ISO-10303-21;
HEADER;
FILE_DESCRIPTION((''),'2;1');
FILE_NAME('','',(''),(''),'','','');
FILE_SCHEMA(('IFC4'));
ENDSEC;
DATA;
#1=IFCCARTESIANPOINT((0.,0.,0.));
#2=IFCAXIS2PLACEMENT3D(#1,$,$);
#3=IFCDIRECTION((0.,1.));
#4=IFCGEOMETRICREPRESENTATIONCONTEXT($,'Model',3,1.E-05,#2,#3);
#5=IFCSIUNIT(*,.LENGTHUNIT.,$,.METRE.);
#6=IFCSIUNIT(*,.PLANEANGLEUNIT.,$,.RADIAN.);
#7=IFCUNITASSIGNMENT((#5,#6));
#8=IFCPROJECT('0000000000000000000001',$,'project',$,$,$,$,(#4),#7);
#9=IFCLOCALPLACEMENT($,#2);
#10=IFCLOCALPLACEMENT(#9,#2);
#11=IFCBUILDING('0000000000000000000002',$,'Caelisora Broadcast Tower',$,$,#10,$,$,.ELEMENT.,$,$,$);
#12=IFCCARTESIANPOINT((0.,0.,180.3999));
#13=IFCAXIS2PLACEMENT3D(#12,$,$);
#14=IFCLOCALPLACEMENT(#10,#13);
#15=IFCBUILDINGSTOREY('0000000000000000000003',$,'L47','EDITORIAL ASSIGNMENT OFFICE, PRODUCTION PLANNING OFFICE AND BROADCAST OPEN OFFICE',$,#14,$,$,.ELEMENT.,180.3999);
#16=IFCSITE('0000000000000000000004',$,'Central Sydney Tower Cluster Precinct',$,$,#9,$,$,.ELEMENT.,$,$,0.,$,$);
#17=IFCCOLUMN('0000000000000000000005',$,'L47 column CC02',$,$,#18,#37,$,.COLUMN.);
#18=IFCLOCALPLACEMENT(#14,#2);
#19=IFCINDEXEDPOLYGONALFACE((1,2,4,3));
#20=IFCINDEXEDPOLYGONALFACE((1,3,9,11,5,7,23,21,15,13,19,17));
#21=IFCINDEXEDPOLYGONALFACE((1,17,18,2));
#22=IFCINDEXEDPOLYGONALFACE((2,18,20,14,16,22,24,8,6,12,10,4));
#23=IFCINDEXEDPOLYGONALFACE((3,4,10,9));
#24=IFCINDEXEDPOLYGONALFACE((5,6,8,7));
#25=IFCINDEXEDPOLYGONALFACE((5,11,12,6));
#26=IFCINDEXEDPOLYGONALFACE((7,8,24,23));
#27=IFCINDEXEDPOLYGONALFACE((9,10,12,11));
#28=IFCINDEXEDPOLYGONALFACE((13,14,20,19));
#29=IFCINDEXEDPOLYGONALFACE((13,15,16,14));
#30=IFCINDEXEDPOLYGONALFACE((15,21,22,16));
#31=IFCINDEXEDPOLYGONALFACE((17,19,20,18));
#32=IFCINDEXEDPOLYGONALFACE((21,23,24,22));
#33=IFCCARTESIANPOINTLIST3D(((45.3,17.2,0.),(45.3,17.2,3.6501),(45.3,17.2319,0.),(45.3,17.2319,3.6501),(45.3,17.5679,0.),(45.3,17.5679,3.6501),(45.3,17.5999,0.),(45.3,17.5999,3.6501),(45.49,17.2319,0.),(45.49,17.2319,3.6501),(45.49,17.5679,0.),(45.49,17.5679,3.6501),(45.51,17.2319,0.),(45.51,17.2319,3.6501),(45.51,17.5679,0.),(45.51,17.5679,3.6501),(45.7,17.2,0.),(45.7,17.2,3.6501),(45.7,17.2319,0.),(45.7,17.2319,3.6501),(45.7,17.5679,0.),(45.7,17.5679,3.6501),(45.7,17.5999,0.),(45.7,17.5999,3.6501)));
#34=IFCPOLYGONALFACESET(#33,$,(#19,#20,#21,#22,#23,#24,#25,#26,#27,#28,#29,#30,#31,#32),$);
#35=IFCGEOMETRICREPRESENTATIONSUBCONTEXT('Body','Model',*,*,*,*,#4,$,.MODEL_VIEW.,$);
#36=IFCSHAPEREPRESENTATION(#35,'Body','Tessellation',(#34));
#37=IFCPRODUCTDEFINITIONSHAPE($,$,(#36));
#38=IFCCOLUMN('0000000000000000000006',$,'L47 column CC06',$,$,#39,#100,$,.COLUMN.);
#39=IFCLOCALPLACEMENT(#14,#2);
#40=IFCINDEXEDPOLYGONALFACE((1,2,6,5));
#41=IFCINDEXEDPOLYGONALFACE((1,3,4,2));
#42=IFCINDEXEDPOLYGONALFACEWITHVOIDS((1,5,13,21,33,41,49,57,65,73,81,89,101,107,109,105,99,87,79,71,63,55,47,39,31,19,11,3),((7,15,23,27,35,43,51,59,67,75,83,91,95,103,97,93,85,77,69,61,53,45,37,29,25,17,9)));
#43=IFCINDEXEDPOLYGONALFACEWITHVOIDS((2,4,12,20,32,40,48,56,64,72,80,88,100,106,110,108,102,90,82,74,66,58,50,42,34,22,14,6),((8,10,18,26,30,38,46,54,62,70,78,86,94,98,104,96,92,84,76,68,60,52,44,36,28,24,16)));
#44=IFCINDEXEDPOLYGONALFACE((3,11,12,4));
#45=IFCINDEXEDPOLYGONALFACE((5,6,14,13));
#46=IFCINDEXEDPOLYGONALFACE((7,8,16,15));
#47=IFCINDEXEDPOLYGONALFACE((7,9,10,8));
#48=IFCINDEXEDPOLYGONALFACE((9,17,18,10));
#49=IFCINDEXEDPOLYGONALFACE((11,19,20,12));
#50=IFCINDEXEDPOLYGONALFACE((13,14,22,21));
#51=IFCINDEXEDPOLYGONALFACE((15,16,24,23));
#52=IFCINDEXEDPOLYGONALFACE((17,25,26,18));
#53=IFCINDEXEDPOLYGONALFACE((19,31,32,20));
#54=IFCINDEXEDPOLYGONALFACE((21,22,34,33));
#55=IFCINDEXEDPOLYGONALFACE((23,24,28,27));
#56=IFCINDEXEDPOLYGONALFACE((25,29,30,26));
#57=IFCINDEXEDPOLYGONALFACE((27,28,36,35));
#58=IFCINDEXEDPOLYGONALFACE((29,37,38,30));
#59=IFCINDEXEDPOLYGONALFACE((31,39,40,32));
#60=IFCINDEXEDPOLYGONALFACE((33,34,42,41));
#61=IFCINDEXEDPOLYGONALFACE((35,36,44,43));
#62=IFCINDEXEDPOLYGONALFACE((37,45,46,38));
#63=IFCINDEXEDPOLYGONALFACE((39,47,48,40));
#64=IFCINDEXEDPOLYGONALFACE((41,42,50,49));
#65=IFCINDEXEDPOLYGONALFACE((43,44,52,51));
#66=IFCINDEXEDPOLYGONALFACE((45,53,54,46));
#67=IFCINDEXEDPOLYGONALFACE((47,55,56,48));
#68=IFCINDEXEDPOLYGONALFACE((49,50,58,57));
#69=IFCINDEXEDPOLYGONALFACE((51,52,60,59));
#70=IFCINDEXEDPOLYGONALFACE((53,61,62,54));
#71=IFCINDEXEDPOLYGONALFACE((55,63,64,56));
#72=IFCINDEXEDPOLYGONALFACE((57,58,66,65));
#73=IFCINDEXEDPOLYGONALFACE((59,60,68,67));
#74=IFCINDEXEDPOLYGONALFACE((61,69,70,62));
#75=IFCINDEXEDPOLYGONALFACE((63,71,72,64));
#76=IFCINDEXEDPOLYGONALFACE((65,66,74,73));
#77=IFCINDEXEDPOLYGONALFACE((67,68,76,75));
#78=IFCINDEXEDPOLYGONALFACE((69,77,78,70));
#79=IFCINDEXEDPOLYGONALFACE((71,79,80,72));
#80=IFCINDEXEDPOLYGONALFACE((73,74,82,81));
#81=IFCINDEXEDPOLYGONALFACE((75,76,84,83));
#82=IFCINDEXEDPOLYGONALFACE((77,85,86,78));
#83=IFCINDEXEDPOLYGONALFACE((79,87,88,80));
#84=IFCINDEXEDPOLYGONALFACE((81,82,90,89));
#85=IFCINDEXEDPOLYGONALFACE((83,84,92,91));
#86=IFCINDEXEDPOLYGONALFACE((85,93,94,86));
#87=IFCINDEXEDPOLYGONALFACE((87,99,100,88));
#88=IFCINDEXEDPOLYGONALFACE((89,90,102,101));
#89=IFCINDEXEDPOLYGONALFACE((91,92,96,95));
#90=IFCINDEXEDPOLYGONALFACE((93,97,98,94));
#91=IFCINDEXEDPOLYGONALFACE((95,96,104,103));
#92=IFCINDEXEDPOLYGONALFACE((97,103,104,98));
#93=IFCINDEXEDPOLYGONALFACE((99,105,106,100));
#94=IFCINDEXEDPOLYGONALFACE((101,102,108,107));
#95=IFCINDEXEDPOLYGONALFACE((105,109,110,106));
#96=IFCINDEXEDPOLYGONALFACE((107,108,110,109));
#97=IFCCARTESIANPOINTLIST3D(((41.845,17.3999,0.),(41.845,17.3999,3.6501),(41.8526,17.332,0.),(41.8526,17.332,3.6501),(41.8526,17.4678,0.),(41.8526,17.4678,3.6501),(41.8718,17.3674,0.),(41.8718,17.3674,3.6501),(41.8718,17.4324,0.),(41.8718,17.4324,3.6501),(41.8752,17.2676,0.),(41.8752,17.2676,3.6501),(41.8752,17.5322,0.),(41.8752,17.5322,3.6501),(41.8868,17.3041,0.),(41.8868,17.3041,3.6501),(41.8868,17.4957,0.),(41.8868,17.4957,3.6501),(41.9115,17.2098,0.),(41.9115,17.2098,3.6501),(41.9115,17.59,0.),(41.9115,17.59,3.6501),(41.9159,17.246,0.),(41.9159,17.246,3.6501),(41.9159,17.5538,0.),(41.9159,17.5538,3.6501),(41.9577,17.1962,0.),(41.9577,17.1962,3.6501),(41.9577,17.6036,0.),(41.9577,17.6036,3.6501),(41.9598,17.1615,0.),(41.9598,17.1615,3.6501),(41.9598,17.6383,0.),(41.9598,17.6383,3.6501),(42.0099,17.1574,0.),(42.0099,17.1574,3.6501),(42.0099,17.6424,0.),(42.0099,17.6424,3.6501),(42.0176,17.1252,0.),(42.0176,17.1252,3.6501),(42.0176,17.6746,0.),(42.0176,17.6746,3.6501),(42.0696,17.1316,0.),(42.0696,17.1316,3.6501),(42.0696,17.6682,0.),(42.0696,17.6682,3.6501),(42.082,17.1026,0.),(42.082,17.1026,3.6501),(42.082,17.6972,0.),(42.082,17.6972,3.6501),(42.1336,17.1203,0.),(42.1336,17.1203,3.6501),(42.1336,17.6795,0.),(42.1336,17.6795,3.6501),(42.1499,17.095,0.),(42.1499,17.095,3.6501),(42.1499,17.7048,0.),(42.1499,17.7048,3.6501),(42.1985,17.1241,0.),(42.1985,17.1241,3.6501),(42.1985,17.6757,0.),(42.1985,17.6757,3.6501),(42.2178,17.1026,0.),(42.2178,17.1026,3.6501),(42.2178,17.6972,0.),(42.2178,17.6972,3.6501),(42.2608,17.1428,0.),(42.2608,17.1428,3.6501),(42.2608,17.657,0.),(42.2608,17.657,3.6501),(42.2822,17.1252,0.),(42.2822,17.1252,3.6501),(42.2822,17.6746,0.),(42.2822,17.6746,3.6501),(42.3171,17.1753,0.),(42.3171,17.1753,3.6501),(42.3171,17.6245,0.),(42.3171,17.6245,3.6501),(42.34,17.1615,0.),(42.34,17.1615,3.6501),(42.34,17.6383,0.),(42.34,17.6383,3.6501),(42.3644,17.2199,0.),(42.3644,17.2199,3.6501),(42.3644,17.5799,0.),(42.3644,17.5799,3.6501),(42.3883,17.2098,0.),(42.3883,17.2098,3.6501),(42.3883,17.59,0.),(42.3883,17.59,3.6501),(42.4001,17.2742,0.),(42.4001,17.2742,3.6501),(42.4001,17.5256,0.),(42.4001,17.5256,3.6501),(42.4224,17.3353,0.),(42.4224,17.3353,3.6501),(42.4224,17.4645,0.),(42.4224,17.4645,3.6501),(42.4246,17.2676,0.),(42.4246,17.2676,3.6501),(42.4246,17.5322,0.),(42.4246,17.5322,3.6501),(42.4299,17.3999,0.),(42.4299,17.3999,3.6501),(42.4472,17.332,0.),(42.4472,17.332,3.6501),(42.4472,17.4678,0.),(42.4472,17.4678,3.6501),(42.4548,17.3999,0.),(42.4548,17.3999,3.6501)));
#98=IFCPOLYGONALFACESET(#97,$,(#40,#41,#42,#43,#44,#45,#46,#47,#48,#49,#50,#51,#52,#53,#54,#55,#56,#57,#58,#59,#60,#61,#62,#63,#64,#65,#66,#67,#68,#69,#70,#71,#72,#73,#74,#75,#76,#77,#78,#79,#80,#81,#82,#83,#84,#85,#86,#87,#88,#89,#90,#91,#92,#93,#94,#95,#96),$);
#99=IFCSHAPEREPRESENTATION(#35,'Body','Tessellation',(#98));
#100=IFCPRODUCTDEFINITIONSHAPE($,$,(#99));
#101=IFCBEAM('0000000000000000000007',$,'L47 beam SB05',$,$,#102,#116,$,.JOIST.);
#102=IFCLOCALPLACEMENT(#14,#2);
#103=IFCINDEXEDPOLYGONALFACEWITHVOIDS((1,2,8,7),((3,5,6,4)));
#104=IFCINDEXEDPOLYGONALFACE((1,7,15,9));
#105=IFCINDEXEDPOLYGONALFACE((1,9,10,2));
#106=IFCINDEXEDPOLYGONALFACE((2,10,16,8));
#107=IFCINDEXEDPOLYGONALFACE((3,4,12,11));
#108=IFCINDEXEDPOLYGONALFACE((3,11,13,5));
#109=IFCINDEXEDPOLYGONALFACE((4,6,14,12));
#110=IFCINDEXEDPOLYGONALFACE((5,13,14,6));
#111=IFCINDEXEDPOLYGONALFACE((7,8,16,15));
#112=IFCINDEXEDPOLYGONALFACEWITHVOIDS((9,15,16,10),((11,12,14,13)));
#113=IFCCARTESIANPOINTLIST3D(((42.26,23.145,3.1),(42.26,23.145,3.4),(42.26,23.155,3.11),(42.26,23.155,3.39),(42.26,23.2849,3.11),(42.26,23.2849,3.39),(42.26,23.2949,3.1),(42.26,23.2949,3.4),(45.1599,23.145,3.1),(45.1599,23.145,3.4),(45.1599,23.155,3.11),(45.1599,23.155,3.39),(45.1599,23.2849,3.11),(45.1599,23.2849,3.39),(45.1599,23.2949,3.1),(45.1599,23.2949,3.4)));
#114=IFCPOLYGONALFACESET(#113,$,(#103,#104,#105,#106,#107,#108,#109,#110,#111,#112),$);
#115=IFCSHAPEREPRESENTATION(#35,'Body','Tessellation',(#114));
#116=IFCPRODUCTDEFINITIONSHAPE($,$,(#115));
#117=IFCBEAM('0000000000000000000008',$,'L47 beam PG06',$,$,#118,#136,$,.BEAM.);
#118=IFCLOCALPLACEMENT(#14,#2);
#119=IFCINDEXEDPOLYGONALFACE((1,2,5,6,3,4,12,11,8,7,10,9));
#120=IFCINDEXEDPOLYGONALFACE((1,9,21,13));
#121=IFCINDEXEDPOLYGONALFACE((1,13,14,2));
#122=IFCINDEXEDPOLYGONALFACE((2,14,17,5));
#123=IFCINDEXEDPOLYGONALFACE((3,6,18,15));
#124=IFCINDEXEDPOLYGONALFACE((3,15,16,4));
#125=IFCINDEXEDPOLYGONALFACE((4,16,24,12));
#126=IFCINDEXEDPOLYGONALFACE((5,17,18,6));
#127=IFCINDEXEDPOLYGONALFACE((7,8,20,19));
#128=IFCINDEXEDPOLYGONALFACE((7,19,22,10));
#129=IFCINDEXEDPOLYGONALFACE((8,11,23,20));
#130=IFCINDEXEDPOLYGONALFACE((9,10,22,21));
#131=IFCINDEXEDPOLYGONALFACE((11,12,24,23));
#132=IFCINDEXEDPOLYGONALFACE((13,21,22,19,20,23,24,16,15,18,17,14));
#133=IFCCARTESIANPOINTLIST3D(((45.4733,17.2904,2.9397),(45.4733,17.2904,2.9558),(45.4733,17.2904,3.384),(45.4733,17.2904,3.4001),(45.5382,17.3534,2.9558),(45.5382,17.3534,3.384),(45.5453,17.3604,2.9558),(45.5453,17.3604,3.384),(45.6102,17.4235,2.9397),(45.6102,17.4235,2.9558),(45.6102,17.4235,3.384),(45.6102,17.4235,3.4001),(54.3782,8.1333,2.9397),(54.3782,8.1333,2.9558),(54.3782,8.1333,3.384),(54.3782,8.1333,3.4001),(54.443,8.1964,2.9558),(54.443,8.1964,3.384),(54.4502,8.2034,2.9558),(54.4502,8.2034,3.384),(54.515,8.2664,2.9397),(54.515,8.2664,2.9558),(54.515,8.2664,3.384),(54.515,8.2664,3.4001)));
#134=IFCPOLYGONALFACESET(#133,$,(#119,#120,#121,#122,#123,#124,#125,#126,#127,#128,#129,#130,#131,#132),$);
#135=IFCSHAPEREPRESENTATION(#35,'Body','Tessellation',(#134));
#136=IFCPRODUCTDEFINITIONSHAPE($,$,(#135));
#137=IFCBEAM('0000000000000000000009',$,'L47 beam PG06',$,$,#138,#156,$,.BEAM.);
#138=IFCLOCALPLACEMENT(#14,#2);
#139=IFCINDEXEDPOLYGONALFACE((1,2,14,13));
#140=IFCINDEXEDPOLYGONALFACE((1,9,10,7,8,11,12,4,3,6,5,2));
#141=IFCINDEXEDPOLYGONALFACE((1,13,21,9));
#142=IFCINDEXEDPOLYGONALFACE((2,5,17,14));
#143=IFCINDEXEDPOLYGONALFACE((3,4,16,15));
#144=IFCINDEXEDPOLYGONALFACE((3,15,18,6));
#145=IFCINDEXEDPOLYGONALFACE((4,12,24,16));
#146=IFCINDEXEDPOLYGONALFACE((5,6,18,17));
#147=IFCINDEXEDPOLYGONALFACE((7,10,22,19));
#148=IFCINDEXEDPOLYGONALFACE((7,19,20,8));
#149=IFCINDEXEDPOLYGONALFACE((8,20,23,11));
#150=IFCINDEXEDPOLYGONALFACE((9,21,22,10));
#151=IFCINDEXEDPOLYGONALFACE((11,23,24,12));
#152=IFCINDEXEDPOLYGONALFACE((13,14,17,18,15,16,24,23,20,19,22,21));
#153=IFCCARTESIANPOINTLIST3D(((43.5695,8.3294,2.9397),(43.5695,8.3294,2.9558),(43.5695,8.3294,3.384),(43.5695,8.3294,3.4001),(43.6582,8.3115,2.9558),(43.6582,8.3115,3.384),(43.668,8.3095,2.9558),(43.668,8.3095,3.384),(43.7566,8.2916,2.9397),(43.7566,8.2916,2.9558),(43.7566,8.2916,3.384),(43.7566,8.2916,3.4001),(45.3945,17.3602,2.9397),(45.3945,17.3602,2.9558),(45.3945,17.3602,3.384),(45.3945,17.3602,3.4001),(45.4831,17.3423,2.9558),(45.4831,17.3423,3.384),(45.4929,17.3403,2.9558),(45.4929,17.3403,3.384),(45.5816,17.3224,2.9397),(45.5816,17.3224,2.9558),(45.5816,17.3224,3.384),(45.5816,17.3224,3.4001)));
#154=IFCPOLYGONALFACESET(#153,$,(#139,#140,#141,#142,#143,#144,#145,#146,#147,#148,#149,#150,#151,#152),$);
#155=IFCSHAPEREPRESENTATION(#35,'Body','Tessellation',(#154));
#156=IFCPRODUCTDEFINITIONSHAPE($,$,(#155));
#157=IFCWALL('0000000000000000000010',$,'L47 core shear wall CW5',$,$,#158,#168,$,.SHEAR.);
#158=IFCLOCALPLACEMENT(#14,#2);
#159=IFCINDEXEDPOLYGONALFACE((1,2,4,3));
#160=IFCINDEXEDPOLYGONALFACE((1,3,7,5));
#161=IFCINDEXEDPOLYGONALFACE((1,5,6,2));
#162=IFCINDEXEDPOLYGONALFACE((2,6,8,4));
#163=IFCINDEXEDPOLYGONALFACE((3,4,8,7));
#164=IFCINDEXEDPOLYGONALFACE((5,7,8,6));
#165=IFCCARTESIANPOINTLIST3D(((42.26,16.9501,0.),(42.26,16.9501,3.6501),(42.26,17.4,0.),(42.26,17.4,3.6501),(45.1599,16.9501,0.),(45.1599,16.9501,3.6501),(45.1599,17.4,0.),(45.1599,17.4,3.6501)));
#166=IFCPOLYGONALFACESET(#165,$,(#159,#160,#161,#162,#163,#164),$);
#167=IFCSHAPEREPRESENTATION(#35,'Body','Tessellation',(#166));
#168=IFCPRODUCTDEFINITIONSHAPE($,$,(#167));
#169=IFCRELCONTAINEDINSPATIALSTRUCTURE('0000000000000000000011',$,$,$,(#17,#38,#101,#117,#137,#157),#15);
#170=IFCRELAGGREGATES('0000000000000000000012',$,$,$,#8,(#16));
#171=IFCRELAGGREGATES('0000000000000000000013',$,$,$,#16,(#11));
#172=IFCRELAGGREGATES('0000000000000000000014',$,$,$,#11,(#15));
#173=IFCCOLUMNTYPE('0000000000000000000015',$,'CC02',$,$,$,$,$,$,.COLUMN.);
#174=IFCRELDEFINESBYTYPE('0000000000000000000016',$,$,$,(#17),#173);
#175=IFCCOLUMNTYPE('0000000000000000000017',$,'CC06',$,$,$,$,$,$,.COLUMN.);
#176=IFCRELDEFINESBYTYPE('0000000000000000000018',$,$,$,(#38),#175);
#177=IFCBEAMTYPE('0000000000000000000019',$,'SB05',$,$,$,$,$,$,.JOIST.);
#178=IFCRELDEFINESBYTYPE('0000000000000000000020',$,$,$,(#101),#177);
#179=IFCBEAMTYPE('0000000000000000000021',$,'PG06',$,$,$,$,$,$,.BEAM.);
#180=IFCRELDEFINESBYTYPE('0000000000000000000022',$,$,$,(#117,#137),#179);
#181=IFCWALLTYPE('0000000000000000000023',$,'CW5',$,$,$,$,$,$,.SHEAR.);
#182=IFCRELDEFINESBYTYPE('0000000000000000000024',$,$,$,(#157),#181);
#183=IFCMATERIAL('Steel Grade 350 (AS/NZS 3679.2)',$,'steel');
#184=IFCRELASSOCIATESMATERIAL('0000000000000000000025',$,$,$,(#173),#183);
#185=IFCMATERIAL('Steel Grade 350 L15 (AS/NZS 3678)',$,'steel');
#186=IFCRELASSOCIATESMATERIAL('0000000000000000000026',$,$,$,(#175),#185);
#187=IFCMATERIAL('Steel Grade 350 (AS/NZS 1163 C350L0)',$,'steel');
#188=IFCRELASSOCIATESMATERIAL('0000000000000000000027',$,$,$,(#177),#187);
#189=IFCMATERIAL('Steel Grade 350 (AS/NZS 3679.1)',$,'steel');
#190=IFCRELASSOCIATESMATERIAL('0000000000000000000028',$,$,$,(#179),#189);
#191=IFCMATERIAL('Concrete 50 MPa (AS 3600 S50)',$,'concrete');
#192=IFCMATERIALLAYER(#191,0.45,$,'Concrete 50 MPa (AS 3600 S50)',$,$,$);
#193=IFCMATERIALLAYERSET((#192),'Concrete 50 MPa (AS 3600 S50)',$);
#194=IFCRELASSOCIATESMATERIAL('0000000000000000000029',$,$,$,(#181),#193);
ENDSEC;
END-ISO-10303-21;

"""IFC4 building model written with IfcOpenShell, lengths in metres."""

from ifc_helpers import new_model, si_unit, direction, frame, frame_2d, origin, origin_2d, place, context, subcontext, project, spatial, rectangle, hollow_rectangle, hollow_circle, i_section, extrude, source, transform, mapped, material, layer, layer_set, material_profile, profile_set, type_object, type_shapes, element, save


model = new_model("IFC4")

# Units and contexts
model_context = context("Model", 3, precision=1e-05, world=origin(), true_north=direction((0.0, 1.0)))
body_context = subcontext(model_context, "Body", "Model", "MODEL_VIEW")
ifc_project = project(units=[si_unit("LENGTHUNIT", "METRE"), si_unit("PLANEANGLEUNIT", "RADIAN")], contexts=[model_context])

# Site, building, storey
site_placement = place(None, origin())
site = spatial("IfcSite", under=ifc_project, at=site_placement, Name="Central Sydney Tower Cluster Precinct", CompositionType="ELEMENT", RefElevation=0.0)
building_placement = place(site_placement, origin())
building = spatial("IfcBuilding", under=site, at=building_placement, Name="Caelisora Broadcast Tower", CompositionType="ELEMENT")
storey_placement = place(building_placement, frame((0.0, 0.0, 180.3999)))
storey = spatial("IfcBuildingStorey", under=building, at=storey_placement, Name="L47", Description="EDITORIAL ASSIGNMENT OFFICE, PRODUCTION PLANNING OFFICE AND BROADCAST OPEN OFFICE", CompositionType="ELEMENT", Elevation=180.3999)

# Columns
ifc_material_1 = material(Name="Steel Grade 350 (AS/NZS 3679.2)", Category="steel")
ifc_material_profile_1 = material_profile(ifc_material_1, i_section(OverallWidth=0.3999, OverallDepth=0.3999, WebThickness=0.02, FlangeThickness=0.032, at=origin_2d()), Name="Steel Grade 350 (AS/NZS 3679.2)")
ifc_profile_set_1 = profile_set([ifc_material_profile_1], Name="Steel Grade 350 (AS/NZS 3679.2)")
column_type_1 = type_object("IfcColumnType", Name="CC02", PredefinedType="COLUMN", material=ifc_profile_set_1)
shared_shape_1 = source(origin(), body_context, "Body", "SweptSolid", [
    extrude(i_section(OverallWidth=0.3999, OverallDepth=0.3999, WebThickness=0.02, FlangeThickness=0.032, at=origin_2d()), origin(), (0.0, 0.0, 1.0), 3.6501),
])
type_shapes(column_type_1, [shared_shape_1])
column_1_placement = place(storey_placement, frame((45.5, 17.3999, 0.0), z_axis=(0.0, 0.0, 1.0), x_axis=(1.0, 0.0, 0.0)))
element("IfcColumn", 1, at=column_1_placement, inside=storey, type_object=column_type_1, Name="L47 column CC02", PredefinedType="COLUMN", context=body_context, shape_type="MappedRepresentation", body=[
    mapped(shared_shape_1, transform((0.0, 0.0, 0.0), scale=1.0)),
])
ifc_material_2 = material(Name="Steel Grade 350 L15 (AS/NZS 3678)", Category="steel")
ifc_material_profile_2 = material_profile(ifc_material_2, hollow_circle(Radius=0.3049, WallThickness=0.0249, at=origin_2d()), Name="Steel Grade 350 L15 (AS/NZS 3678)")
ifc_profile_set_2 = profile_set([ifc_material_profile_2], Name="Steel Grade 350 L15 (AS/NZS 3678)")
column_type_2 = type_object("IfcColumnType", Name="CC06", PredefinedType="COLUMN", material=ifc_profile_set_2)
shared_shape_2 = source(origin(), body_context, "Body", "SweptSolid", [
    extrude(hollow_circle(Radius=0.3049, WallThickness=0.0249, at=origin_2d()), origin(), (0.0, 0.0, 1.0), 3.6501),
])
type_shapes(column_type_2, [shared_shape_2])
column_2_placement = place(storey_placement, frame((42.1499, 17.3999, 0.0), z_axis=(0.0, 0.0, 1.0), x_axis=(1.0, 0.0, 0.0)))
element("IfcColumn", 2, at=column_2_placement, inside=storey, type_object=column_type_2, Name="L47 column CC06", PredefinedType="COLUMN", context=body_context, shape_type="MappedRepresentation", body=[
    mapped(shared_shape_2, transform((0.0, 0.0, 0.0), scale=1.0)),
])

# Beams
ifc_material_3 = material(Name="Steel Grade 350 (AS/NZS 1163 C350L0)", Category="steel")
ifc_material_profile_3 = material_profile(ifc_material_3, hollow_rectangle(XDim=0.1499, YDim=0.3, WallThickness=0.01, at=origin_2d()), Name="Steel Grade 350 (AS/NZS 1163 C350L0)")
ifc_profile_set_3 = profile_set([ifc_material_profile_3], Name="Steel Grade 350 (AS/NZS 1163 C350L0)")
beam_type_1 = type_object("IfcBeamType", Name="SB05", PredefinedType="JOIST", material=ifc_profile_set_3)
shared_shape_3 = source(origin(), body_context, "Body", "SweptSolid", [
    extrude(hollow_rectangle(XDim=0.1499, YDim=0.3, WallThickness=0.01, at=origin_2d()), origin(), (0.0, 0.0, 1.0), 2.8999),
])
type_shapes(beam_type_1, [shared_shape_3])
beam_1_placement = place(storey_placement, frame((42.26, 23.22, 3.25), z_axis=(1.0, 0.0, 0.0), x_axis=(0.0, 1.0, 0.0)))
element("IfcBeam", 3, at=beam_1_placement, inside=storey, type_object=beam_type_1, Name="L47 beam SB05", PredefinedType="JOIST", context=body_context, shape_type="MappedRepresentation", body=[
    mapped(shared_shape_3, transform((0.0, 0.0, 0.0), scale=1.0)),
])
ifc_material_4 = material(Name="Steel Grade 350 (AS/NZS 3679.1)", Category="steel")
ifc_material_profile_4 = material_profile(ifc_material_4, i_section(OverallWidth=0.1909, OverallDepth=0.4604, WebThickness=0.01, FlangeThickness=0.0161, at=origin_2d()), Name="Steel Grade 350 (AS/NZS 3679.1)")
ifc_profile_set_4 = profile_set([ifc_material_profile_4], Name="Steel Grade 350 (AS/NZS 3679.1)")
beam_type_2 = type_object("IfcBeamType", Name="PG06", PredefinedType="BEAM", material=ifc_profile_set_4)
shared_shape_4 = source(origin(), body_context, "Body", "SweptSolid", [
    extrude(i_section(OverallWidth=0.1909, OverallDepth=0.4604, WebThickness=0.01, FlangeThickness=0.0161, at=origin_2d()), origin(), (0.0, 0.0, 1.0), 12.7729),
])
beam_2_placement = place(storey_placement, frame((45.5417, 17.3569, 3.1699), z_axis=(0.697165, -0.71691, 0.0), x_axis=(0.71691, 0.697165, 0.0)))
element("IfcBeam", 4, at=beam_2_placement, inside=storey, type_object=beam_type_2, Name="L47 beam PG06", PredefinedType="BEAM", context=body_context, shape_type="MappedRepresentation", body=[
    mapped(shared_shape_4, transform((0.0, 0.0, 0.0), scale=1.0)),
])
shared_shape_5 = source(origin(), body_context, "Body", "SweptSolid", [
    extrude(i_section(OverallWidth=0.1909, OverallDepth=0.4604, WebThickness=0.01, FlangeThickness=0.0161, at=origin_2d()), origin(), (0.0, 0.0, 1.0), 9.2134),
])
type_shapes(beam_type_2, [shared_shape_4, shared_shape_5])
beam_3_placement = place(storey_placement, frame((45.488, 17.3413, 3.1699), z_axis=(-0.198078, -0.980186, 0.0), x_axis=(0.980186, -0.198078, 0.0)))
element("IfcBeam", 5, at=beam_3_placement, inside=storey, type_object=beam_type_2, Name="L47 beam PG06", PredefinedType="BEAM", context=body_context, shape_type="MappedRepresentation", body=[
    mapped(shared_shape_5, transform((0.0, 0.0, 0.0), scale=1.0)),
])

# Shared definitions
ifc_material_5 = material(Name="Concrete 50 MPa (AS 3600 S50)", Category="concrete")

# Wall
ifc_layer_1 = layer(ifc_material_5, 0.45, Name="Concrete 50 MPa (AS 3600 S50)")
ifc_layer_set_1 = layer_set([ifc_layer_1], Name="Concrete 50 MPa (AS 3600 S50)")
wall_type_1 = type_object("IfcWallType", Name="CW5", PredefinedType="SHEAR", material=ifc_layer_set_1)
wall_1_placement = place(storey_placement, frame((42.26, 17.175, 0.0), z_axis=(0.0, 0.0, 1.0), x_axis=(1.0, 0.0, 0.0)))
element("IfcWall", 6, at=wall_1_placement, inside=storey, type_object=wall_type_1, Name="L47 core shear wall CW5", PredefinedType="SHEAR", context=body_context, shape_type="SweptSolid", body=[
    extrude(rectangle(XDim=2.8999, YDim=0.45, at=frame_2d((1.45, 0.0))), origin(), (0.0, 0.0, 1.0), 3.6501),
])

save(model, "model.ifc")
